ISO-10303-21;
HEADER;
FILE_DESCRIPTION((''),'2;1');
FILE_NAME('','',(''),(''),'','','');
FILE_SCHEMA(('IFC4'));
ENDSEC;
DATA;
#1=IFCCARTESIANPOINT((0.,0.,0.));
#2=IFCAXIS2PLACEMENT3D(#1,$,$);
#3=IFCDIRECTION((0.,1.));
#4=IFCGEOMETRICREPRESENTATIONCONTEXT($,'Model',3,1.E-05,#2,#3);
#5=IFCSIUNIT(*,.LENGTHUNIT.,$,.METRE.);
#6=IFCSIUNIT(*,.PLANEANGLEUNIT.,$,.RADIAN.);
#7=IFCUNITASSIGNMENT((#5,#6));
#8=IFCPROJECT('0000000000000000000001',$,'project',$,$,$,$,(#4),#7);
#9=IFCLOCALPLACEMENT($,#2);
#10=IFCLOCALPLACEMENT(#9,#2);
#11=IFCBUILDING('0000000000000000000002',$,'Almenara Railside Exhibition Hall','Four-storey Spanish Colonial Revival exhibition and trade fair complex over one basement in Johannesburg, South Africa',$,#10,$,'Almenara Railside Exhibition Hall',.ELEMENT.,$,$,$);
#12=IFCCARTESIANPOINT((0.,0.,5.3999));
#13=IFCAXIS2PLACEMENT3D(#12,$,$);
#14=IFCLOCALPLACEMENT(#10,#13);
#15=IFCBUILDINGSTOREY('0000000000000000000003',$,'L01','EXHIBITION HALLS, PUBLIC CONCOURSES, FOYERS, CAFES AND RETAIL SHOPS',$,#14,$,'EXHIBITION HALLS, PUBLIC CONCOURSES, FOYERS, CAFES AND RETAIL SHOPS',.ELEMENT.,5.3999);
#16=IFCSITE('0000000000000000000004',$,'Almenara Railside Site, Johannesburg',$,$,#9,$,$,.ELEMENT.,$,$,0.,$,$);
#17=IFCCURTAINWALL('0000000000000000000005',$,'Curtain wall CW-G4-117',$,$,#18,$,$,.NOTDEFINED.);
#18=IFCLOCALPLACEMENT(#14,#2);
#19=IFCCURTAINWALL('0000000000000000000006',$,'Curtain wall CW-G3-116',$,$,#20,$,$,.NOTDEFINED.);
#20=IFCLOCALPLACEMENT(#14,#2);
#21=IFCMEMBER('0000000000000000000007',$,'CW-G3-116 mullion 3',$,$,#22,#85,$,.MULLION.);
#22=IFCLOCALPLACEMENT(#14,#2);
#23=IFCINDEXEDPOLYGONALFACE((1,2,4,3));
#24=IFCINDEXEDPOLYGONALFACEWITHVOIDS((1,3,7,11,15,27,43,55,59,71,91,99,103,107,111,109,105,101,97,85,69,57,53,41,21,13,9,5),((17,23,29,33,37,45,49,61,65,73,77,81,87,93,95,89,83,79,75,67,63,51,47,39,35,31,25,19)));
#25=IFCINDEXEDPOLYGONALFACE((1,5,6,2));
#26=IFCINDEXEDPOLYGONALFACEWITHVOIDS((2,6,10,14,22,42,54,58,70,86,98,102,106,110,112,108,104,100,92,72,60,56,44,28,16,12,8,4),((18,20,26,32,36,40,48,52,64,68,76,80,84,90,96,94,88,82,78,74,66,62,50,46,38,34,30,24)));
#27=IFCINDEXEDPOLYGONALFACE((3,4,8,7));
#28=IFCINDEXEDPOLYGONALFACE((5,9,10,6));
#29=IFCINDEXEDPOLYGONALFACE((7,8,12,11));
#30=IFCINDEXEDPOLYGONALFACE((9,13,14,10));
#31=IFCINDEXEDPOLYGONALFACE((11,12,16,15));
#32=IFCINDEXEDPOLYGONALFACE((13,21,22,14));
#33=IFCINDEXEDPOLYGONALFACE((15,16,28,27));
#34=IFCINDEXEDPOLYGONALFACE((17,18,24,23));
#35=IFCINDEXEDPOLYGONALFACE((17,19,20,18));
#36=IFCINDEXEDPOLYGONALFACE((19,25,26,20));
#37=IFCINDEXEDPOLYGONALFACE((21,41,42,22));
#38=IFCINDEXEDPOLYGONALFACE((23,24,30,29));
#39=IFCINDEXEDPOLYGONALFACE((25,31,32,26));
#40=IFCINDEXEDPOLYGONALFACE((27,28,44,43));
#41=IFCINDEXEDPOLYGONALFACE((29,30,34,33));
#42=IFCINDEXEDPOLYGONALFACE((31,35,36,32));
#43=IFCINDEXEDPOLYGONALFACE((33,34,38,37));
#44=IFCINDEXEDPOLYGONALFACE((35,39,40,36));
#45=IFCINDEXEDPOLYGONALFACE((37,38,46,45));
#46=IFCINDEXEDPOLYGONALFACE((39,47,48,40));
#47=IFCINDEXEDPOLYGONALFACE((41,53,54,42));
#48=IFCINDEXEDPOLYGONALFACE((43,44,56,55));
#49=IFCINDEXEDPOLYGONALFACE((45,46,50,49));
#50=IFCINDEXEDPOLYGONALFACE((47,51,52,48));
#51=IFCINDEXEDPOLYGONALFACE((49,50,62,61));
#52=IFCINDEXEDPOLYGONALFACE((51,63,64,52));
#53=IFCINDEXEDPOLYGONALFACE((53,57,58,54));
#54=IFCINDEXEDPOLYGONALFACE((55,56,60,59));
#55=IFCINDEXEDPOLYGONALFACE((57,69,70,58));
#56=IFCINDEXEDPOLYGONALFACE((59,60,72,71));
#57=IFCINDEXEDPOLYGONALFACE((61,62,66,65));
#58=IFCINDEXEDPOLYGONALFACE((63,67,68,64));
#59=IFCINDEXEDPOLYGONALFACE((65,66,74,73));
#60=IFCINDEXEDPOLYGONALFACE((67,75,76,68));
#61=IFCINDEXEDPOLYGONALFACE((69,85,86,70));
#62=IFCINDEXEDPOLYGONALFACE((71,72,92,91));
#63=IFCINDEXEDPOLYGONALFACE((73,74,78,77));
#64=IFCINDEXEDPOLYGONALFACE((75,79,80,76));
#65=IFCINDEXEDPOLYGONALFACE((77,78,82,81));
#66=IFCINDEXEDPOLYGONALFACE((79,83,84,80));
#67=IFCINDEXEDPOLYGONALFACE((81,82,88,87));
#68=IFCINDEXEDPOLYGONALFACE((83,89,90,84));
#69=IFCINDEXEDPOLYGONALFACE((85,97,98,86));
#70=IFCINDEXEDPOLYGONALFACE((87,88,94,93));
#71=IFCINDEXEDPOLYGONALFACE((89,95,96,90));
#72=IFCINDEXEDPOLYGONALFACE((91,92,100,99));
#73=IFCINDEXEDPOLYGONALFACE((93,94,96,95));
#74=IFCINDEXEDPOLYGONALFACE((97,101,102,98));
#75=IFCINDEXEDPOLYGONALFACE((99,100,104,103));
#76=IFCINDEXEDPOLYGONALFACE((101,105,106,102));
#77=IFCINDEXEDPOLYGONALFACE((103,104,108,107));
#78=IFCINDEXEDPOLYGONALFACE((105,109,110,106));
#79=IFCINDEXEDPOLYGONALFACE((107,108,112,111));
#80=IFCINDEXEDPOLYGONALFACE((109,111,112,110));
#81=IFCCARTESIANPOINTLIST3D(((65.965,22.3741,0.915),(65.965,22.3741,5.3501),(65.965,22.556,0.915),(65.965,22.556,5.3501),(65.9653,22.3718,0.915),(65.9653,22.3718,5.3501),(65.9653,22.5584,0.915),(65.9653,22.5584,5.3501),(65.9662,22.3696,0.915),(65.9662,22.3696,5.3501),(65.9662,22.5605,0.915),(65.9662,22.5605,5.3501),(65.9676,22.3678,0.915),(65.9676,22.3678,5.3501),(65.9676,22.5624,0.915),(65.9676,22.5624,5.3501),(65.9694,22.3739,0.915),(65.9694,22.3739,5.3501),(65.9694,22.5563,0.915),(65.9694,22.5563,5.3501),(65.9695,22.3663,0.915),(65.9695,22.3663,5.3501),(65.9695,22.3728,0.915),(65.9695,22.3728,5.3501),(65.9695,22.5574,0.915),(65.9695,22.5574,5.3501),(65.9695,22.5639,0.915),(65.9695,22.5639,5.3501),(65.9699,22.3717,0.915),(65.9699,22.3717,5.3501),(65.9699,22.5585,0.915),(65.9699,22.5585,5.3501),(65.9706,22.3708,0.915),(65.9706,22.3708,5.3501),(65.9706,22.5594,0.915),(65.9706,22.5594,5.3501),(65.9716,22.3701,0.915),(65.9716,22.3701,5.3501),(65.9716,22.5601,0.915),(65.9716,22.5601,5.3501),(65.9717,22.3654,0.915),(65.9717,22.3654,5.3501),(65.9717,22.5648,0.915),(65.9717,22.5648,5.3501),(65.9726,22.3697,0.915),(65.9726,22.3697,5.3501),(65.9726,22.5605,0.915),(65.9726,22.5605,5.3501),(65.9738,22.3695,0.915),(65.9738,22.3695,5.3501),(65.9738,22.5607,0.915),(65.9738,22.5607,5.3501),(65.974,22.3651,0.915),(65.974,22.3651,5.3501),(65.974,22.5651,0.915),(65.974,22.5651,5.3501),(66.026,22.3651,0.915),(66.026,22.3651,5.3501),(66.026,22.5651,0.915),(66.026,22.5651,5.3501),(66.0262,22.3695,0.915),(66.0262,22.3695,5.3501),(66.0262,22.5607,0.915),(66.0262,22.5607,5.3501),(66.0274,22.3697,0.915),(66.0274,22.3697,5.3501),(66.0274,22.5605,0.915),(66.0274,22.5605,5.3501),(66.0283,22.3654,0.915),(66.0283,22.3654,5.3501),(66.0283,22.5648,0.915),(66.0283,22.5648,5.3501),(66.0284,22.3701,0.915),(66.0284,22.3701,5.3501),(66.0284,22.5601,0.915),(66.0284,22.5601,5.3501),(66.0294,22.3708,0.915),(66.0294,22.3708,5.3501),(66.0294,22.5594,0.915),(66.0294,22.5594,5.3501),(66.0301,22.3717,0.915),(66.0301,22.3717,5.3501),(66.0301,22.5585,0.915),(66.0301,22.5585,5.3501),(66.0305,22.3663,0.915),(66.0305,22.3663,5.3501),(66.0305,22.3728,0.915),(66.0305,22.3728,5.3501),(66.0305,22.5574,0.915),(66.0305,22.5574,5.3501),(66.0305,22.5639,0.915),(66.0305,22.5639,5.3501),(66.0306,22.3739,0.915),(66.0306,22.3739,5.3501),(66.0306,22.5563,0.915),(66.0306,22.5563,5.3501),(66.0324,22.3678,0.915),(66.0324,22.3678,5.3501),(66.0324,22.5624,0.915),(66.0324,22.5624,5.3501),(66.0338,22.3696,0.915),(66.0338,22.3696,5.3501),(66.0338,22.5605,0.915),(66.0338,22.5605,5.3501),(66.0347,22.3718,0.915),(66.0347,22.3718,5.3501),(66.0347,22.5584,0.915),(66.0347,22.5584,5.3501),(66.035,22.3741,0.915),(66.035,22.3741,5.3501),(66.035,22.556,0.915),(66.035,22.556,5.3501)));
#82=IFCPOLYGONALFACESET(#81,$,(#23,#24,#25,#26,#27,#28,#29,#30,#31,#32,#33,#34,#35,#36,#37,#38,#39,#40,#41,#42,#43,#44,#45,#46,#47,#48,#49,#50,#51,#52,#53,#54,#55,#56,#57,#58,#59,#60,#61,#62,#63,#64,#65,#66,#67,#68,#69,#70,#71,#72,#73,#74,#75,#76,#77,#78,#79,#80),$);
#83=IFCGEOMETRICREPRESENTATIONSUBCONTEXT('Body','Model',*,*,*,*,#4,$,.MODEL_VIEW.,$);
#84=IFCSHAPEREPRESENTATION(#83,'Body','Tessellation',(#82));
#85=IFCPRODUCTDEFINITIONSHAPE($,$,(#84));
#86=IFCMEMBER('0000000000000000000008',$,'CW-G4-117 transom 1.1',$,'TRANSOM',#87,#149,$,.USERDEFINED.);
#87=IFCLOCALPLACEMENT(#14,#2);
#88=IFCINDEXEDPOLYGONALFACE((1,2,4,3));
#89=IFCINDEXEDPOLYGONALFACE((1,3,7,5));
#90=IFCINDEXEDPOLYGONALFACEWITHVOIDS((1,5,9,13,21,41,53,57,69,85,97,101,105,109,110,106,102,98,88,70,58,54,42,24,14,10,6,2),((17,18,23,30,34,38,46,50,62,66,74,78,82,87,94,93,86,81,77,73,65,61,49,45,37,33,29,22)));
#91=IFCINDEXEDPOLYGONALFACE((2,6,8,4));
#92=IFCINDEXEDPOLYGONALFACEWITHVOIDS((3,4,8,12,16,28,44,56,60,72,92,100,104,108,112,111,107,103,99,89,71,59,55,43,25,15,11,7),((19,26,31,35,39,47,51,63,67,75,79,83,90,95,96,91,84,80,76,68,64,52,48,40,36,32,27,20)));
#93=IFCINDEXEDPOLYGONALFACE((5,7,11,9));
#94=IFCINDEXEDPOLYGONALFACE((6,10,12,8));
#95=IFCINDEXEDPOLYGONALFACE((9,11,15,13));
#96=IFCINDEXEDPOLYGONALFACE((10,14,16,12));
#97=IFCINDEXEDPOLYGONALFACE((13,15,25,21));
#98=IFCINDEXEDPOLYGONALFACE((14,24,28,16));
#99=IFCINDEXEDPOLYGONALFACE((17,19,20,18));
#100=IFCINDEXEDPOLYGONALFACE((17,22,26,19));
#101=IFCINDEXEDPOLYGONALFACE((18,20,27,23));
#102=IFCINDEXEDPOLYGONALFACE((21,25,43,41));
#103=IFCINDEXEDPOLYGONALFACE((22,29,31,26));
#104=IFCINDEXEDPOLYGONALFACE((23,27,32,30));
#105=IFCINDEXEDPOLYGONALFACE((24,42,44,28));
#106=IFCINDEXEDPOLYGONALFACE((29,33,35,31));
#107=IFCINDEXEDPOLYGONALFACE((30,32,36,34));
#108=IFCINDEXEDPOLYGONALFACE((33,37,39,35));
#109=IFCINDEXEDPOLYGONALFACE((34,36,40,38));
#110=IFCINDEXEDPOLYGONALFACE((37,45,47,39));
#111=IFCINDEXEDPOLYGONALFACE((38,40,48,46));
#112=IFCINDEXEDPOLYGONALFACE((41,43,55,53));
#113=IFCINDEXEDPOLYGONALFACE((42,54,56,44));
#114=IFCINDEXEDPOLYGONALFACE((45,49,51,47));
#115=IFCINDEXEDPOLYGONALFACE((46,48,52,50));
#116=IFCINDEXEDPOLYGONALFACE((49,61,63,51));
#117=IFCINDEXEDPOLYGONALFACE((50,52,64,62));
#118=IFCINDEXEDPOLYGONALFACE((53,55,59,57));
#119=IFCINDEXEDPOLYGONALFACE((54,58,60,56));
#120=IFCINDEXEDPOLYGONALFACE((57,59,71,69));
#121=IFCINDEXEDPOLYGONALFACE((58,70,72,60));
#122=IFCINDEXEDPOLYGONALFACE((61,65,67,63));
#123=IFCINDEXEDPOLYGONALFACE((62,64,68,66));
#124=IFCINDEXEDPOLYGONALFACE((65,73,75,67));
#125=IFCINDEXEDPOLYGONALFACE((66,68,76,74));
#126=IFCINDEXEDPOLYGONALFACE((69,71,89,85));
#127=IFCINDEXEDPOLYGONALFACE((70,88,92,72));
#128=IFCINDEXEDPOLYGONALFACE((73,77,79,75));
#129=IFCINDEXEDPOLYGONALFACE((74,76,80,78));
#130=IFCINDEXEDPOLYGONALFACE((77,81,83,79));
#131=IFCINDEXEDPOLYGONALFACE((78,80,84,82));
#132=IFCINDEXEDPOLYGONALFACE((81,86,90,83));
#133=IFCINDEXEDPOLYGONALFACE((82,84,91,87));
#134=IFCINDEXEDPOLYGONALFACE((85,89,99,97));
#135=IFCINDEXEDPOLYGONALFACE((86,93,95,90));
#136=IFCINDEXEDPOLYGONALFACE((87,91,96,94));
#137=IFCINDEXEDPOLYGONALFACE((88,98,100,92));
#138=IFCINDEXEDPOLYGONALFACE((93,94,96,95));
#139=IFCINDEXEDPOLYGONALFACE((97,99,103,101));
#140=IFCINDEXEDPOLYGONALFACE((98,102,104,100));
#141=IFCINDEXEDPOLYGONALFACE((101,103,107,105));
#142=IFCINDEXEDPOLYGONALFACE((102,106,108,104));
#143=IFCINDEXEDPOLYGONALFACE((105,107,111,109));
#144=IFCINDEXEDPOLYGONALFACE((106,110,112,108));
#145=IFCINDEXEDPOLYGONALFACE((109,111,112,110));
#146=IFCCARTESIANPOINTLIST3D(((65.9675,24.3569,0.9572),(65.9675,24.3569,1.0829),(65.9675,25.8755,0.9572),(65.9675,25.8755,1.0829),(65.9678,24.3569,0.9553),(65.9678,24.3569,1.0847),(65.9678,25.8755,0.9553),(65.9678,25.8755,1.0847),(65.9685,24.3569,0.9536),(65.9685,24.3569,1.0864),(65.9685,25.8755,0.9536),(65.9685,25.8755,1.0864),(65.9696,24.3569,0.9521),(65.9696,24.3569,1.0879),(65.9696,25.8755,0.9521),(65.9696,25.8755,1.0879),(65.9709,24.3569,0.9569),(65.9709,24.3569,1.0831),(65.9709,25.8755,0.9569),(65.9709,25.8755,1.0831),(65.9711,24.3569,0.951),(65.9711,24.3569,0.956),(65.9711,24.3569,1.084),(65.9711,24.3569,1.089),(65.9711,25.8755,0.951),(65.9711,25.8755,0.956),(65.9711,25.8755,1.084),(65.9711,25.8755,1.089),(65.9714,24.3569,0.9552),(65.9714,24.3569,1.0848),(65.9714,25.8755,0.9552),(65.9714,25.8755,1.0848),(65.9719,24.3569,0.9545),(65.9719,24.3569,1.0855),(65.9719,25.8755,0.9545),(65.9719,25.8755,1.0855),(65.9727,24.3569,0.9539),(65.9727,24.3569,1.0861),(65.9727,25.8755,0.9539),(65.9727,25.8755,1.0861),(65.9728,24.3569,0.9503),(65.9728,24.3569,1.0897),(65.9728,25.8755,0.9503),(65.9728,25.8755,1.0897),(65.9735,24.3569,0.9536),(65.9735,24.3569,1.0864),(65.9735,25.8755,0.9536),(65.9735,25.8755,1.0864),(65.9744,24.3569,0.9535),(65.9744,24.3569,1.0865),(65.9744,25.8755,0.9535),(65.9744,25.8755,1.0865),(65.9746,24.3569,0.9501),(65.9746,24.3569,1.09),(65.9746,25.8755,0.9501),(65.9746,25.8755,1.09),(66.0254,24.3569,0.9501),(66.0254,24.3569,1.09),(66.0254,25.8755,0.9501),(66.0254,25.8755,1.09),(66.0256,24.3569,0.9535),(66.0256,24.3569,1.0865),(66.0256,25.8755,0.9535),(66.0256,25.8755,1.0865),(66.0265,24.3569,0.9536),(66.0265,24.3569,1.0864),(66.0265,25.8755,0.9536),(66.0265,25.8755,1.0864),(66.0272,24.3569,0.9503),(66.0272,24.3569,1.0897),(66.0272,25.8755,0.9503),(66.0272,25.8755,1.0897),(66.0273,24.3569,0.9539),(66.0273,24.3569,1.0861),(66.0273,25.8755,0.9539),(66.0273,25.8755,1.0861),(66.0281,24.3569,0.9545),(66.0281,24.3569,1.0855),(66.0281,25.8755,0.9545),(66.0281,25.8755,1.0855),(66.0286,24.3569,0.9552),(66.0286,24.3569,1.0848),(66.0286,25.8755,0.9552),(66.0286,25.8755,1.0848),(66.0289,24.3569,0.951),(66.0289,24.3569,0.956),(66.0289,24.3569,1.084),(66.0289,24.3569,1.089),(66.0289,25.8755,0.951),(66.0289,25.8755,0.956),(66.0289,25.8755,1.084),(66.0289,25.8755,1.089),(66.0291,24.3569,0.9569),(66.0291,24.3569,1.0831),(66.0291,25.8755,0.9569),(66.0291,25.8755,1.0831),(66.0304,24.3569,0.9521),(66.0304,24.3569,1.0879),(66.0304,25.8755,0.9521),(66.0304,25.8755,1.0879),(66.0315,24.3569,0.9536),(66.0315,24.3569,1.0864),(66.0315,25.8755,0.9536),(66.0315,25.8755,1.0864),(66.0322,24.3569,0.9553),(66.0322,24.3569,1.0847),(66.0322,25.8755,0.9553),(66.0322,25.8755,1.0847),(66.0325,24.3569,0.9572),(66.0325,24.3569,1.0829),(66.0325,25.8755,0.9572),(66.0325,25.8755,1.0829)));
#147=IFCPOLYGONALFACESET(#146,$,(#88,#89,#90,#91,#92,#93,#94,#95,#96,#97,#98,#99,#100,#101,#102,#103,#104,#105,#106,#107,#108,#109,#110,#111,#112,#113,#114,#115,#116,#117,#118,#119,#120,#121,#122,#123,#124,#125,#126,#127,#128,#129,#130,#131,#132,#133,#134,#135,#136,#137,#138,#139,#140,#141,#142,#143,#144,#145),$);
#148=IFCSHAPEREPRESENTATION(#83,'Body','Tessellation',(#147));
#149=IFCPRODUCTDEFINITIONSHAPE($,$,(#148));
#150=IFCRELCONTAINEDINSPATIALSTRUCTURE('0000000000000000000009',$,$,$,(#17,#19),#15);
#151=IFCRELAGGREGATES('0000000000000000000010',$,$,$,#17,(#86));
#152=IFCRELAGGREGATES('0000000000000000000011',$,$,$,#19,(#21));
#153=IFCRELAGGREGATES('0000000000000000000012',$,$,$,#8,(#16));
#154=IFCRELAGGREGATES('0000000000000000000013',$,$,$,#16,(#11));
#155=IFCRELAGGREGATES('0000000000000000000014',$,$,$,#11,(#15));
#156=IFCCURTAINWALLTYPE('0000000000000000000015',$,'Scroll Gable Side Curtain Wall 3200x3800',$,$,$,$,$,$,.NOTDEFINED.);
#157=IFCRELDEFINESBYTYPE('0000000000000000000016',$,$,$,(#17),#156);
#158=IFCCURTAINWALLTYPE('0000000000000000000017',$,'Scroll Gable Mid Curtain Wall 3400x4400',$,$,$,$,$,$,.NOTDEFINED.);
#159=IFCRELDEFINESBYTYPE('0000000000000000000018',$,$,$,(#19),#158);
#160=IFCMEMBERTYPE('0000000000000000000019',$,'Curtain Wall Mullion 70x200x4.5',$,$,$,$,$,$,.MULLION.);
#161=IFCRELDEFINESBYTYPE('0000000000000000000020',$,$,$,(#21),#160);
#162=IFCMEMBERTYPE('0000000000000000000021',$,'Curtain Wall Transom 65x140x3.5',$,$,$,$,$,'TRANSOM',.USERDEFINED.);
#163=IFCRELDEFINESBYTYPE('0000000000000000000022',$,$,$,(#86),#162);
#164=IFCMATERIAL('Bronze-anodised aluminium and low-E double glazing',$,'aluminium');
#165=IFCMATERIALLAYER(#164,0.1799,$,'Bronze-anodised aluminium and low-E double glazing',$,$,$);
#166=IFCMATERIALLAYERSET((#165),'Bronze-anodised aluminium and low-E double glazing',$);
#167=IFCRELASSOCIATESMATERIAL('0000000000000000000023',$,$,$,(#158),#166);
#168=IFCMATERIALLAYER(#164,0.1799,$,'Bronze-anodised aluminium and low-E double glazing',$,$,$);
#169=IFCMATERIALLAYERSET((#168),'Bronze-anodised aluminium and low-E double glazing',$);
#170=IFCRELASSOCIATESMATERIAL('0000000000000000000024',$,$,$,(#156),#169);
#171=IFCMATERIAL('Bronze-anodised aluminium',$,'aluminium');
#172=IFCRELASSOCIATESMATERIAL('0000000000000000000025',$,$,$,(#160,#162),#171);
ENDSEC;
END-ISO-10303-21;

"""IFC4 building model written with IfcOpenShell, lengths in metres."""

from ifc_helpers import new_model, si_unit, direction, frame, origin, origin_2d, place, context, subcontext, project, spatial, hollow_rectangle, extrude, material, layer, layer_set, material_profile, profile_set, type_object, element, aggregate, save


model = new_model("IFC4")

# Units and contexts
model_context = context("Model", 3, precision=1e-05, world=origin(), true_north=direction((0.0, 1.0)))
body_context = subcontext(model_context, "Body", "Model", "MODEL_VIEW")
ifc_project = project(units=[si_unit("LENGTHUNIT", "METRE"), si_unit("PLANEANGLEUNIT", "RADIAN")], contexts=[model_context])

# Site, building, storey
site_placement = place(None, origin())
site = spatial("IfcSite", under=ifc_project, at=site_placement, Name="Almenara Railside Site, Johannesburg", CompositionType="ELEMENT", RefElevation=0.0)
building_placement = place(site_placement, origin())
building = spatial("IfcBuilding", under=site, at=building_placement, Name="Almenara Railside Exhibition Hall", Description="Four-storey Spanish Colonial Revival exhibition and trade fair complex over one basement in Johannesburg, South Africa", LongName="Almenara Railside Exhibition Hall", CompositionType="ELEMENT")
storey_placement = place(building_placement, frame((0.0, 0.0, 5.3999)))
storey = spatial("IfcBuildingStorey", under=building, at=storey_placement, Name="L01", Description="EXHIBITION HALLS, PUBLIC CONCOURSES, FOYERS, CAFES AND RETAIL SHOPS", LongName="EXHIBITION HALLS, PUBLIC CONCOURSES, FOYERS, CAFES AND RETAIL SHOPS", CompositionType="ELEMENT", Elevation=5.3999)

# Curtain wall
ifc_material_1 = material(Name="Bronze-anodised aluminium and low-E double glazing", Category="aluminium")
ifc_layer_1 = layer(ifc_material_1, 0.1799, Name="Bronze-anodised aluminium and low-E double glazing")
ifc_layer_set_1 = layer_set([ifc_layer_1], Name="Bronze-anodised aluminium and low-E double glazing")
curtain_wall_type_1 = type_object("IfcCurtainWallType", Name="Scroll Gable Mid Curtain Wall 3400x4400", PredefinedType="NOTDEFINED", material=ifc_layer_set_1)
ifc_material_2 = material(Name="Bronze-anodised aluminium", Category="aluminium")
ifc_layer_2 = layer(ifc_material_1, 0.1799, Name="Bronze-anodised aluminium and low-E double glazing")
ifc_layer_set_2 = layer_set([ifc_layer_2], Name="Bronze-anodised aluminium and low-E double glazing")
curtain_wall_type_2 = type_object("IfcCurtainWallType", Name="Scroll Gable Side Curtain Wall 3200x3800", PredefinedType="NOTDEFINED", material=ifc_layer_set_2)
curtain_wall_1_placement = place(storey_placement, origin())
curtain_wall_1 = element("IfcCurtainWall", 1, at=curtain_wall_1_placement, inside=storey, type_object=curtain_wall_type_2, Name="Curtain wall CW-G4-117", PredefinedType="NOTDEFINED")

# Curtain wall, member
curtain_wall_2_placement = place(storey_placement, origin())
curtain_wall_2 = element("IfcCurtainWall", 2, at=curtain_wall_2_placement, inside=storey, type_object=curtain_wall_type_1, Name="Curtain wall CW-G3-116", PredefinedType="NOTDEFINED")
ifc_material_profile_1 = material_profile(ifc_material_2, hollow_rectangle(XDim=0.0701, YDim=0.2, WallThickness=0.0044, InnerFilletRadius=0.0044, OuterFilletRadius=0.009, at=origin_2d()), Name="ALU-MUL 70x200x4.5")
ifc_profile_set_1 = profile_set([ifc_material_profile_1], Name="Bronze-anodised aluminium")
member_type_1 = type_object("IfcMemberType", Name="Curtain Wall Mullion 70x200x4.5", PredefinedType="MULLION", material=ifc_profile_set_1)
member_1_placement = place(storey_placement, frame((66.0, 22.4651, 0.915), z_axis=(0.0, 0.0, 1.0), x_axis=(-1.0, 0.0, 0.0)))
member_1 = element("IfcMember", 3, at=member_1_placement, type_object=member_type_1, Name="CW-G3-116 mullion 3", PredefinedType="MULLION", context=body_context, shape_type="SweptSolid", body=[
    extrude(hollow_rectangle(XDim=0.0701, YDim=0.2, WallThickness=0.0044, InnerFilletRadius=0.0044, OuterFilletRadius=0.009, at=origin_2d()), origin(), (0.0, 0.0, 1.0), 4.4351),
])

# Member
ifc_material_profile_2 = material_profile(ifc_material_2, hollow_rectangle(XDim=0.0649, YDim=0.1399, WallThickness=0.0034, InnerFilletRadius=0.0034, OuterFilletRadius=0.0071, at=origin_2d()), Name="ALU-TRN 65x140x3.5")
ifc_profile_set_2 = profile_set([ifc_material_profile_2], Name="Bronze-anodised aluminium")
member_type_2 = type_object("IfcMemberType", Name="Curtain Wall Transom 65x140x3.5", ElementType="TRANSOM", PredefinedType="USERDEFINED", material=ifc_profile_set_2)
member_2_placement = place(storey_placement, frame((66.0, 24.3569, 1.02), z_axis=(0.0, 1.0, 0.0), x_axis=(-1.0, 0.0, 0.0)))
member_2 = element("IfcMember", 4, at=member_2_placement, type_object=member_type_2, Name="CW-G4-117 transom 1.1", ObjectType="TRANSOM", PredefinedType="USERDEFINED", context=body_context, shape_type="SweptSolid", body=[
    extrude(hollow_rectangle(XDim=0.0649, YDim=0.1399, WallThickness=0.0034, InnerFilletRadius=0.0034, OuterFilletRadius=0.0071, at=origin_2d()), origin(), (0.0, 0.0, 1.0), 1.5186),
])
aggregate(curtain_wall_1, [member_2])

aggregate(curtain_wall_2, [member_1])

save(model, "model.ifc")
